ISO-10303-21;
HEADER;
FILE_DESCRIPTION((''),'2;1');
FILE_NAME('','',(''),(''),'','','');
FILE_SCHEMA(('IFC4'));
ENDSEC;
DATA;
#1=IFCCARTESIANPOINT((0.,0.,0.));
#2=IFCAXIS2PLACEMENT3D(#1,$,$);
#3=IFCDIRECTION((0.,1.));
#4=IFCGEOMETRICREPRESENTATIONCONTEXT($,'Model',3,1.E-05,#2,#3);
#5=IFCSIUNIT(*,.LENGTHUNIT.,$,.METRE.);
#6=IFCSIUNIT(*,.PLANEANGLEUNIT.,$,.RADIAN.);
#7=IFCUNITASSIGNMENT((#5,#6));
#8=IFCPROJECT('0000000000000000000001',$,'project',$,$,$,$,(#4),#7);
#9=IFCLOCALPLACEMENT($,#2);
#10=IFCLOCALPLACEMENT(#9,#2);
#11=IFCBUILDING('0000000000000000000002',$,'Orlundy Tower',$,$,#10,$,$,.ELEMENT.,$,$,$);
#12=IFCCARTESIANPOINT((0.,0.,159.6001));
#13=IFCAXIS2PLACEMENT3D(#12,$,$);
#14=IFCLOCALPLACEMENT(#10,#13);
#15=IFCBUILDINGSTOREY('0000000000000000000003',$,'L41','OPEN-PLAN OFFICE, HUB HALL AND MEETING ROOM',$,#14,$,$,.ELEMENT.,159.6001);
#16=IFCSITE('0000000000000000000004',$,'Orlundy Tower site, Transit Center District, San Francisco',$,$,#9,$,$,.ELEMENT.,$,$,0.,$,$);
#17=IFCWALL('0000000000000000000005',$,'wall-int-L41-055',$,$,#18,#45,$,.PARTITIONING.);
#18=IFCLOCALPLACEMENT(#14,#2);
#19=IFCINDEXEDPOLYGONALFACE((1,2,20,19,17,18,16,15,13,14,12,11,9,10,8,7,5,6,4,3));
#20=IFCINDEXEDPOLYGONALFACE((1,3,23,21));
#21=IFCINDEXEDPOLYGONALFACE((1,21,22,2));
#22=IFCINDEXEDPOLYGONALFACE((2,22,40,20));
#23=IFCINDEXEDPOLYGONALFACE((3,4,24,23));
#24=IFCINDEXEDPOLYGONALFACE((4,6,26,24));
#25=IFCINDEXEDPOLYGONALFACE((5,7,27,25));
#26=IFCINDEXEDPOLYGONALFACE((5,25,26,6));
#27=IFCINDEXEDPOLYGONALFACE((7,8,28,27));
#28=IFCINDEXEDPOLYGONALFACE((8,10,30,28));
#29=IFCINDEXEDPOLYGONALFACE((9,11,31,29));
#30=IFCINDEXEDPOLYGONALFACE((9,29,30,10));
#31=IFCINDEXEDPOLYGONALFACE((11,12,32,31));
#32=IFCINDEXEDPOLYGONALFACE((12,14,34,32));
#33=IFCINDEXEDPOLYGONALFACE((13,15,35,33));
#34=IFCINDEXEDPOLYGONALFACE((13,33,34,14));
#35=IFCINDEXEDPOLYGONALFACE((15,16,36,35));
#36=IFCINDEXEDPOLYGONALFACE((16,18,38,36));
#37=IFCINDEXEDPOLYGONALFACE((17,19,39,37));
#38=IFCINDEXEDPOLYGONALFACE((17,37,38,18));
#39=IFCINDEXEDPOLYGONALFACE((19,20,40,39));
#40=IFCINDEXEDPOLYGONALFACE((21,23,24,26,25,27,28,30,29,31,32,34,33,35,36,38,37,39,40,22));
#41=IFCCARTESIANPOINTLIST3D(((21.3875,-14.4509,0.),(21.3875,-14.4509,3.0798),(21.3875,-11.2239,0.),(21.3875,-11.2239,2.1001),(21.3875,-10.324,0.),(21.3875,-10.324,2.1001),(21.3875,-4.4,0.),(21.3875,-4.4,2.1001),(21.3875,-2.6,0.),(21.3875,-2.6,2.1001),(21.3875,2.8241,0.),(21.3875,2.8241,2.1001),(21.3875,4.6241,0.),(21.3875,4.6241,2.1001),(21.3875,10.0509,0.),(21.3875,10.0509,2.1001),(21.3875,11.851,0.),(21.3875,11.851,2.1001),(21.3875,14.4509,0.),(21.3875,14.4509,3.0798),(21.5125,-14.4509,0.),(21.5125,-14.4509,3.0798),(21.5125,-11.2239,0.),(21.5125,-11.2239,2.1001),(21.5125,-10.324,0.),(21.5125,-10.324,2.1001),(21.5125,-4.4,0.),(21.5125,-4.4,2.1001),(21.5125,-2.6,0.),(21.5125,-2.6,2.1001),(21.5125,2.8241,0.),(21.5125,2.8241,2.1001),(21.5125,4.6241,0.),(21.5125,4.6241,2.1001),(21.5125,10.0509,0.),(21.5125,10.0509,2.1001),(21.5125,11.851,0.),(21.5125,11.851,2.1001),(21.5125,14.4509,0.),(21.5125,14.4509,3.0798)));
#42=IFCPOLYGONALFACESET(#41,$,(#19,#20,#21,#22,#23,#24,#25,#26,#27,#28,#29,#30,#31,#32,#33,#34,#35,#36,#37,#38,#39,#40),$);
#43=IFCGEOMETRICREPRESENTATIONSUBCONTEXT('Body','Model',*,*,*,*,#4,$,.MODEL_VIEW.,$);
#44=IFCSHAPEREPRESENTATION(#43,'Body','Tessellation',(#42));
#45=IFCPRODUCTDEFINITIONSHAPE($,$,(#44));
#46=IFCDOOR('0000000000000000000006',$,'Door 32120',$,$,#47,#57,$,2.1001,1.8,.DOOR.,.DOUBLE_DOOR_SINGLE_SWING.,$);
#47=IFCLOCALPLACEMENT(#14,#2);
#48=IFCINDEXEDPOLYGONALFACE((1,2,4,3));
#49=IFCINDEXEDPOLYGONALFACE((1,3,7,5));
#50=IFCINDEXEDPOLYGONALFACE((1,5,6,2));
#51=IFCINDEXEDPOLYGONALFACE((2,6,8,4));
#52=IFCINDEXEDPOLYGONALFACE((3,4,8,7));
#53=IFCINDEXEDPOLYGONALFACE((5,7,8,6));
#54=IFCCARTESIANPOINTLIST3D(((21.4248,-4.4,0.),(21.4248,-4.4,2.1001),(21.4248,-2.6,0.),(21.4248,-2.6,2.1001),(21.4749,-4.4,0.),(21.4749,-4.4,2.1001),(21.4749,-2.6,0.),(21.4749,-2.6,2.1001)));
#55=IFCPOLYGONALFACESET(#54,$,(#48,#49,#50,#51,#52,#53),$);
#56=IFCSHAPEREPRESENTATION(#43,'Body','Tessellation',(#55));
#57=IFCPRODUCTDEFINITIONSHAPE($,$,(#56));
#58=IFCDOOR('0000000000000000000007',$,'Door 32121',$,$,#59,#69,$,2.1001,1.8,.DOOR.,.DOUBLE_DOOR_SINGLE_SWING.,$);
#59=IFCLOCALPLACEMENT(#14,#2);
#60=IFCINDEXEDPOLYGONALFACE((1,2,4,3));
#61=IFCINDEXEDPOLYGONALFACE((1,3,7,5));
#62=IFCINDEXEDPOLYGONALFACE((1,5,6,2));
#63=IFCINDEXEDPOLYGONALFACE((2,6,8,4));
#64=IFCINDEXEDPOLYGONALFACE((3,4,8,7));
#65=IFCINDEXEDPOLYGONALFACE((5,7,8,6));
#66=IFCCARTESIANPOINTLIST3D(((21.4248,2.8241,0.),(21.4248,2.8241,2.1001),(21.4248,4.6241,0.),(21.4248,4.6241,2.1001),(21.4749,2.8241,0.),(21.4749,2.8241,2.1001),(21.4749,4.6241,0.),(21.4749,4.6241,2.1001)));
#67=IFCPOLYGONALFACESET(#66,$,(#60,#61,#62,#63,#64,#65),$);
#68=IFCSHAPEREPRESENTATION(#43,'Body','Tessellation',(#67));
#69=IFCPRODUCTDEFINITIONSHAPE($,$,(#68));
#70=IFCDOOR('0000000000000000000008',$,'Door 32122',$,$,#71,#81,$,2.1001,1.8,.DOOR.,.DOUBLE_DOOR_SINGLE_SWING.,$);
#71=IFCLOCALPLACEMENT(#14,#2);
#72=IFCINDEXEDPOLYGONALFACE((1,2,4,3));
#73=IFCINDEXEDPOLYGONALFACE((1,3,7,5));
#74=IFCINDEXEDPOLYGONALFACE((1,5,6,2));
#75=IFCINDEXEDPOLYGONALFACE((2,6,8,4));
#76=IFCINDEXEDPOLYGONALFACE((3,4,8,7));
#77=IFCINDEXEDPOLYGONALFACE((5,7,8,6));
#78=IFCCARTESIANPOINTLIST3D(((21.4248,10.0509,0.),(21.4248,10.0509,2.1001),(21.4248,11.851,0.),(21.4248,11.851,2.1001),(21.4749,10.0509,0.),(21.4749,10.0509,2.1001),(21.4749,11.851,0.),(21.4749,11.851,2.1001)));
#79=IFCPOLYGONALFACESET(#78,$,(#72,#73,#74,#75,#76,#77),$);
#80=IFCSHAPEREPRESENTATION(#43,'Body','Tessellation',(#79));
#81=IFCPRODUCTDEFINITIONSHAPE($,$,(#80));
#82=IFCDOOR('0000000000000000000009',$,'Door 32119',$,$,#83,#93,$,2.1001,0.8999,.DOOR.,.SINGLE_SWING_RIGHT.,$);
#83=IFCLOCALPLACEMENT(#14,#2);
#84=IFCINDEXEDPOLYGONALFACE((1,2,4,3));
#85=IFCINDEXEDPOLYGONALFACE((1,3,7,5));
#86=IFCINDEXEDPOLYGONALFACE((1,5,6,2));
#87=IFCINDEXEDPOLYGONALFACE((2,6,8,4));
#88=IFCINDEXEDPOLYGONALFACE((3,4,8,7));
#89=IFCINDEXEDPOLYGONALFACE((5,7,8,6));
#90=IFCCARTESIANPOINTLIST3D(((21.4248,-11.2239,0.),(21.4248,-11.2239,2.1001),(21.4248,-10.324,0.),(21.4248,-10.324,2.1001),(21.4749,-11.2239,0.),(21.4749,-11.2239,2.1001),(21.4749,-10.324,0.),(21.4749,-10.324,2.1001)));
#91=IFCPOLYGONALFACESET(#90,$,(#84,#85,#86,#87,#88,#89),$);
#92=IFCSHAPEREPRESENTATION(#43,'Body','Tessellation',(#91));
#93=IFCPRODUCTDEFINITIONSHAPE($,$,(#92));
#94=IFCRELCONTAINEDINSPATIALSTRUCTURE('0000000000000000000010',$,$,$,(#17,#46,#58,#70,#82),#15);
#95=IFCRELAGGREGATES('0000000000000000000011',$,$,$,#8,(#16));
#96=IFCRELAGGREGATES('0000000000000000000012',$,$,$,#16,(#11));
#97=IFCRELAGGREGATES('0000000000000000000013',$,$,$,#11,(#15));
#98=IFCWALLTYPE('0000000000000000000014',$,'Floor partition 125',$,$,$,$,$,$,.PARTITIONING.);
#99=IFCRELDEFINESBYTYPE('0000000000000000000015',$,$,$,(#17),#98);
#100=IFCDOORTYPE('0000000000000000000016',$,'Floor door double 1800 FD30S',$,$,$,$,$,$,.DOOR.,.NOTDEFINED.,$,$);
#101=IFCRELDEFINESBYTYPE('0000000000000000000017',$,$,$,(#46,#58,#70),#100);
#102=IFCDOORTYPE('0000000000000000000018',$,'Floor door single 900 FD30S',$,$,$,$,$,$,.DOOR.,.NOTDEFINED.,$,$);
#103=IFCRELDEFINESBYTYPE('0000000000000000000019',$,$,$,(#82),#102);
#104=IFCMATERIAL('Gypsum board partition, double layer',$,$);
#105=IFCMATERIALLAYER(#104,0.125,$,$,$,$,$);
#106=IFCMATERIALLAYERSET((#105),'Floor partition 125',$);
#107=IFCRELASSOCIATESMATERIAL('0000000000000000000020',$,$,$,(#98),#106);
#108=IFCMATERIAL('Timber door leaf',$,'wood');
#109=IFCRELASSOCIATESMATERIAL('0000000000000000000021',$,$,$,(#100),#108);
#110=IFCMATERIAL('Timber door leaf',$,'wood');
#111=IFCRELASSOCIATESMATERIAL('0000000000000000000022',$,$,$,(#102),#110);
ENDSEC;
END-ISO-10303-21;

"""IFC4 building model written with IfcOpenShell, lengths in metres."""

from ifc_helpers import new_model, si_unit, direction, frame, frame_2d, origin, place, context, subcontext, project, spatial, rectangle, extrude, material, layer, layer_set, type_object, element, fill, save


model = new_model("IFC4")

# Units and contexts
model_context = context("Model", 3, precision=1e-05, world=origin(), true_north=direction((0.0, 1.0)))
body_context = subcontext(model_context, "Body", "Model", "MODEL_VIEW")
ifc_project = project(units=[si_unit("LENGTHUNIT", "METRE"), si_unit("PLANEANGLEUNIT", "RADIAN")], contexts=[model_context])

# Site, building, storey
site_placement = place(None, origin())
site = spatial("IfcSite", under=ifc_project, at=site_placement, Name="Orlundy Tower site, Transit Center District, San Francisco", CompositionType="ELEMENT", RefElevation=0.0)
building_placement = place(site_placement, origin())
building = spatial("IfcBuilding", under=site, at=building_placement, Name="Orlundy Tower", CompositionType="ELEMENT")
storey_placement = place(building_placement, frame((0.0, 0.0, 159.6001)))
storey = spatial("IfcBuildingStorey", under=building, at=storey_placement, Name="L41", Description="OPEN-PLAN OFFICE, HUB HALL AND MEETING ROOM", CompositionType="ELEMENT", Elevation=159.6001)

# Wall, openings, doors
ifc_material_1 = material(Name="Gypsum board partition, double layer")
ifc_layer_1 = layer(ifc_material_1, 0.125)
ifc_layer_set_1 = layer_set([ifc_layer_1], Name="Floor partition 125")
wall_type = type_object("IfcWallType", Name="Floor partition 125", PredefinedType="PARTITIONING", material=ifc_layer_set_1)
wall_placement = place(storey_placement, frame((21.45, 14.4509, 0.0), z_axis=(0.0, 0.0, 1.0), x_axis=(0.0, -1.0, 0.0)))
wall = element("IfcWall", 1, at=wall_placement, inside=storey, type_object=wall_type, Name="wall-int-L41-055", PredefinedType="PARTITIONING", context=body_context, shape_type="SweptSolid", body=[
    extrude(rectangle(XDim=28.9019, YDim=0.125, at=frame_2d((14.4509, 0.0))), origin(), (0.0, 0.0, 1.0), 3.0798),
])
opening_1_placement = place(wall_placement, frame((24.7749, 0.0, 0.0)))
opening_1 = element("IfcOpeningElement", 2, at=opening_1_placement, cuts=wall, PredefinedType="OPENING", context=body_context, shape_type="SweptSolid", body=[
    extrude(rectangle(XDim=0.8999, YDim=2.1001, at=frame_2d((0.45, 1.05))), frame((0.0, 0.0725, 0.0), z_axis=(0.0, -1.0, 0.0), x_axis=(1.0, 0.0, 0.0)), (0.0, 0.0, 1.0), 0.145),
])
opening_2_placement = place(wall_placement, frame((17.051, 0.0, 0.0)))
opening_2 = element("IfcOpeningElement", 3, at=opening_2_placement, cuts=wall, PredefinedType="OPENING", context=body_context, shape_type="SweptSolid", body=[
    extrude(rectangle(XDim=1.8, YDim=2.1001, at=frame_2d((0.8999, 1.05))), frame((0.0, 0.0725, 0.0), z_axis=(0.0, -1.0, 0.0), x_axis=(1.0, 0.0, 0.0)), (0.0, 0.0, 1.0), 0.145),
])
opening_3_placement = place(wall_placement, frame((9.8269, 0.0, 0.0)))
opening_3 = element("IfcOpeningElement", 4, at=opening_3_placement, cuts=wall, PredefinedType="OPENING", context=body_context, shape_type="SweptSolid", body=[
    extrude(rectangle(XDim=1.8, YDim=2.1001, at=frame_2d((0.8999, 1.05))), frame((0.0, 0.0725, 0.0), z_axis=(0.0, -1.0, 0.0), x_axis=(1.0, 0.0, 0.0)), (0.0, 0.0, 1.0), 0.145),
])
opening_4_placement = place(wall_placement, frame((2.6001, 0.0, 0.0)))
opening_4 = element("IfcOpeningElement", 5, at=opening_4_placement, cuts=wall, PredefinedType="OPENING", context=body_context, shape_type="SweptSolid", body=[
    extrude(rectangle(XDim=1.8, YDim=2.1001, at=frame_2d((0.8999, 1.05))), frame((0.0, 0.0725, 0.0), z_axis=(0.0, -1.0, 0.0), x_axis=(1.0, 0.0, 0.0)), (0.0, 0.0, 1.0), 0.145),
])
ifc_material_2 = material(Name="Timber door leaf", Category="wood")
door_type_1 = type_object("IfcDoorType", Name="Floor door double 1800 FD30S", OperationType="NOTDEFINED", PredefinedType="DOOR", material=ifc_material_2)
door_1_placement = place(opening_2_placement, origin())
door_1 = element("IfcDoor", 6, at=door_1_placement, inside=storey, type_object=door_type_1, Name="Door 32120", OperationType="DOUBLE_DOOR_SINGLE_SWING", OverallHeight=2.1001, OverallWidth=1.8, PredefinedType="DOOR", context=body_context, shape_type="SweptSolid", body=[
    extrude(rectangle(XDim=1.8, YDim=2.1001, at=frame_2d((0.8999, 1.05))), frame((0.0, 0.0249, 0.0), z_axis=(0.0, -1.0, 0.0), x_axis=(1.0, 0.0, 0.0)), (0.0, 0.0, 1.0), 0.05),
])
fill(opening_2, door_1)
door_2_placement = place(opening_3_placement, origin())
door_2 = element("IfcDoor", 7, at=door_2_placement, inside=storey, type_object=door_type_1, Name="Door 32121", OperationType="DOUBLE_DOOR_SINGLE_SWING", OverallHeight=2.1001, OverallWidth=1.8, PredefinedType="DOOR", context=body_context, shape_type="SweptSolid", body=[
    extrude(rectangle(XDim=1.8, YDim=2.1001, at=frame_2d((0.8999, 1.05))), frame((0.0, 0.0249, 0.0), z_axis=(0.0, -1.0, 0.0), x_axis=(1.0, 0.0, 0.0)), (0.0, 0.0, 1.0), 0.05),
])
fill(opening_3, door_2)
door_3_placement = place(opening_4_placement, origin())
door_3 = element("IfcDoor", 8, at=door_3_placement, inside=storey, type_object=door_type_1, Name="Door 32122", OperationType="DOUBLE_DOOR_SINGLE_SWING", OverallHeight=2.1001, OverallWidth=1.8, PredefinedType="DOOR", context=body_context, shape_type="SweptSolid", body=[
    extrude(rectangle(XDim=1.8, YDim=2.1001, at=frame_2d((0.8999, 1.05))), frame((0.0, 0.0249, 0.0), z_axis=(0.0, -1.0, 0.0), x_axis=(1.0, 0.0, 0.0)), (0.0, 0.0, 1.0), 0.05),
])
fill(opening_4, door_3)
ifc_material_3 = material(Name="Timber door leaf", Category="wood")
door_type_2 = type_object("IfcDoorType", Name="Floor door single 900 FD30S", OperationType="NOTDEFINED", PredefinedType="DOOR", material=ifc_material_3)
door_4_placement = place(opening_1_placement, origin())
door_4 = element("IfcDoor", 9, at=door_4_placement, inside=storey, type_object=door_type_2, Name="Door 32119", OperationType="SINGLE_SWING_RIGHT", OverallHeight=2.1001, OverallWidth=0.8999, PredefinedType="DOOR", context=body_context, shape_type="SweptSolid", body=[
    extrude(rectangle(XDim=0.8999, YDim=2.1001, at=frame_2d((0.45, 1.05))), frame((0.0, 0.0249, 0.0), z_axis=(0.0, -1.0, 0.0), x_axis=(1.0, 0.0, 0.0)), (0.0, 0.0, 1.0), 0.05),
])
fill(opening_1, door_4)

save(model, "model.ifc")
